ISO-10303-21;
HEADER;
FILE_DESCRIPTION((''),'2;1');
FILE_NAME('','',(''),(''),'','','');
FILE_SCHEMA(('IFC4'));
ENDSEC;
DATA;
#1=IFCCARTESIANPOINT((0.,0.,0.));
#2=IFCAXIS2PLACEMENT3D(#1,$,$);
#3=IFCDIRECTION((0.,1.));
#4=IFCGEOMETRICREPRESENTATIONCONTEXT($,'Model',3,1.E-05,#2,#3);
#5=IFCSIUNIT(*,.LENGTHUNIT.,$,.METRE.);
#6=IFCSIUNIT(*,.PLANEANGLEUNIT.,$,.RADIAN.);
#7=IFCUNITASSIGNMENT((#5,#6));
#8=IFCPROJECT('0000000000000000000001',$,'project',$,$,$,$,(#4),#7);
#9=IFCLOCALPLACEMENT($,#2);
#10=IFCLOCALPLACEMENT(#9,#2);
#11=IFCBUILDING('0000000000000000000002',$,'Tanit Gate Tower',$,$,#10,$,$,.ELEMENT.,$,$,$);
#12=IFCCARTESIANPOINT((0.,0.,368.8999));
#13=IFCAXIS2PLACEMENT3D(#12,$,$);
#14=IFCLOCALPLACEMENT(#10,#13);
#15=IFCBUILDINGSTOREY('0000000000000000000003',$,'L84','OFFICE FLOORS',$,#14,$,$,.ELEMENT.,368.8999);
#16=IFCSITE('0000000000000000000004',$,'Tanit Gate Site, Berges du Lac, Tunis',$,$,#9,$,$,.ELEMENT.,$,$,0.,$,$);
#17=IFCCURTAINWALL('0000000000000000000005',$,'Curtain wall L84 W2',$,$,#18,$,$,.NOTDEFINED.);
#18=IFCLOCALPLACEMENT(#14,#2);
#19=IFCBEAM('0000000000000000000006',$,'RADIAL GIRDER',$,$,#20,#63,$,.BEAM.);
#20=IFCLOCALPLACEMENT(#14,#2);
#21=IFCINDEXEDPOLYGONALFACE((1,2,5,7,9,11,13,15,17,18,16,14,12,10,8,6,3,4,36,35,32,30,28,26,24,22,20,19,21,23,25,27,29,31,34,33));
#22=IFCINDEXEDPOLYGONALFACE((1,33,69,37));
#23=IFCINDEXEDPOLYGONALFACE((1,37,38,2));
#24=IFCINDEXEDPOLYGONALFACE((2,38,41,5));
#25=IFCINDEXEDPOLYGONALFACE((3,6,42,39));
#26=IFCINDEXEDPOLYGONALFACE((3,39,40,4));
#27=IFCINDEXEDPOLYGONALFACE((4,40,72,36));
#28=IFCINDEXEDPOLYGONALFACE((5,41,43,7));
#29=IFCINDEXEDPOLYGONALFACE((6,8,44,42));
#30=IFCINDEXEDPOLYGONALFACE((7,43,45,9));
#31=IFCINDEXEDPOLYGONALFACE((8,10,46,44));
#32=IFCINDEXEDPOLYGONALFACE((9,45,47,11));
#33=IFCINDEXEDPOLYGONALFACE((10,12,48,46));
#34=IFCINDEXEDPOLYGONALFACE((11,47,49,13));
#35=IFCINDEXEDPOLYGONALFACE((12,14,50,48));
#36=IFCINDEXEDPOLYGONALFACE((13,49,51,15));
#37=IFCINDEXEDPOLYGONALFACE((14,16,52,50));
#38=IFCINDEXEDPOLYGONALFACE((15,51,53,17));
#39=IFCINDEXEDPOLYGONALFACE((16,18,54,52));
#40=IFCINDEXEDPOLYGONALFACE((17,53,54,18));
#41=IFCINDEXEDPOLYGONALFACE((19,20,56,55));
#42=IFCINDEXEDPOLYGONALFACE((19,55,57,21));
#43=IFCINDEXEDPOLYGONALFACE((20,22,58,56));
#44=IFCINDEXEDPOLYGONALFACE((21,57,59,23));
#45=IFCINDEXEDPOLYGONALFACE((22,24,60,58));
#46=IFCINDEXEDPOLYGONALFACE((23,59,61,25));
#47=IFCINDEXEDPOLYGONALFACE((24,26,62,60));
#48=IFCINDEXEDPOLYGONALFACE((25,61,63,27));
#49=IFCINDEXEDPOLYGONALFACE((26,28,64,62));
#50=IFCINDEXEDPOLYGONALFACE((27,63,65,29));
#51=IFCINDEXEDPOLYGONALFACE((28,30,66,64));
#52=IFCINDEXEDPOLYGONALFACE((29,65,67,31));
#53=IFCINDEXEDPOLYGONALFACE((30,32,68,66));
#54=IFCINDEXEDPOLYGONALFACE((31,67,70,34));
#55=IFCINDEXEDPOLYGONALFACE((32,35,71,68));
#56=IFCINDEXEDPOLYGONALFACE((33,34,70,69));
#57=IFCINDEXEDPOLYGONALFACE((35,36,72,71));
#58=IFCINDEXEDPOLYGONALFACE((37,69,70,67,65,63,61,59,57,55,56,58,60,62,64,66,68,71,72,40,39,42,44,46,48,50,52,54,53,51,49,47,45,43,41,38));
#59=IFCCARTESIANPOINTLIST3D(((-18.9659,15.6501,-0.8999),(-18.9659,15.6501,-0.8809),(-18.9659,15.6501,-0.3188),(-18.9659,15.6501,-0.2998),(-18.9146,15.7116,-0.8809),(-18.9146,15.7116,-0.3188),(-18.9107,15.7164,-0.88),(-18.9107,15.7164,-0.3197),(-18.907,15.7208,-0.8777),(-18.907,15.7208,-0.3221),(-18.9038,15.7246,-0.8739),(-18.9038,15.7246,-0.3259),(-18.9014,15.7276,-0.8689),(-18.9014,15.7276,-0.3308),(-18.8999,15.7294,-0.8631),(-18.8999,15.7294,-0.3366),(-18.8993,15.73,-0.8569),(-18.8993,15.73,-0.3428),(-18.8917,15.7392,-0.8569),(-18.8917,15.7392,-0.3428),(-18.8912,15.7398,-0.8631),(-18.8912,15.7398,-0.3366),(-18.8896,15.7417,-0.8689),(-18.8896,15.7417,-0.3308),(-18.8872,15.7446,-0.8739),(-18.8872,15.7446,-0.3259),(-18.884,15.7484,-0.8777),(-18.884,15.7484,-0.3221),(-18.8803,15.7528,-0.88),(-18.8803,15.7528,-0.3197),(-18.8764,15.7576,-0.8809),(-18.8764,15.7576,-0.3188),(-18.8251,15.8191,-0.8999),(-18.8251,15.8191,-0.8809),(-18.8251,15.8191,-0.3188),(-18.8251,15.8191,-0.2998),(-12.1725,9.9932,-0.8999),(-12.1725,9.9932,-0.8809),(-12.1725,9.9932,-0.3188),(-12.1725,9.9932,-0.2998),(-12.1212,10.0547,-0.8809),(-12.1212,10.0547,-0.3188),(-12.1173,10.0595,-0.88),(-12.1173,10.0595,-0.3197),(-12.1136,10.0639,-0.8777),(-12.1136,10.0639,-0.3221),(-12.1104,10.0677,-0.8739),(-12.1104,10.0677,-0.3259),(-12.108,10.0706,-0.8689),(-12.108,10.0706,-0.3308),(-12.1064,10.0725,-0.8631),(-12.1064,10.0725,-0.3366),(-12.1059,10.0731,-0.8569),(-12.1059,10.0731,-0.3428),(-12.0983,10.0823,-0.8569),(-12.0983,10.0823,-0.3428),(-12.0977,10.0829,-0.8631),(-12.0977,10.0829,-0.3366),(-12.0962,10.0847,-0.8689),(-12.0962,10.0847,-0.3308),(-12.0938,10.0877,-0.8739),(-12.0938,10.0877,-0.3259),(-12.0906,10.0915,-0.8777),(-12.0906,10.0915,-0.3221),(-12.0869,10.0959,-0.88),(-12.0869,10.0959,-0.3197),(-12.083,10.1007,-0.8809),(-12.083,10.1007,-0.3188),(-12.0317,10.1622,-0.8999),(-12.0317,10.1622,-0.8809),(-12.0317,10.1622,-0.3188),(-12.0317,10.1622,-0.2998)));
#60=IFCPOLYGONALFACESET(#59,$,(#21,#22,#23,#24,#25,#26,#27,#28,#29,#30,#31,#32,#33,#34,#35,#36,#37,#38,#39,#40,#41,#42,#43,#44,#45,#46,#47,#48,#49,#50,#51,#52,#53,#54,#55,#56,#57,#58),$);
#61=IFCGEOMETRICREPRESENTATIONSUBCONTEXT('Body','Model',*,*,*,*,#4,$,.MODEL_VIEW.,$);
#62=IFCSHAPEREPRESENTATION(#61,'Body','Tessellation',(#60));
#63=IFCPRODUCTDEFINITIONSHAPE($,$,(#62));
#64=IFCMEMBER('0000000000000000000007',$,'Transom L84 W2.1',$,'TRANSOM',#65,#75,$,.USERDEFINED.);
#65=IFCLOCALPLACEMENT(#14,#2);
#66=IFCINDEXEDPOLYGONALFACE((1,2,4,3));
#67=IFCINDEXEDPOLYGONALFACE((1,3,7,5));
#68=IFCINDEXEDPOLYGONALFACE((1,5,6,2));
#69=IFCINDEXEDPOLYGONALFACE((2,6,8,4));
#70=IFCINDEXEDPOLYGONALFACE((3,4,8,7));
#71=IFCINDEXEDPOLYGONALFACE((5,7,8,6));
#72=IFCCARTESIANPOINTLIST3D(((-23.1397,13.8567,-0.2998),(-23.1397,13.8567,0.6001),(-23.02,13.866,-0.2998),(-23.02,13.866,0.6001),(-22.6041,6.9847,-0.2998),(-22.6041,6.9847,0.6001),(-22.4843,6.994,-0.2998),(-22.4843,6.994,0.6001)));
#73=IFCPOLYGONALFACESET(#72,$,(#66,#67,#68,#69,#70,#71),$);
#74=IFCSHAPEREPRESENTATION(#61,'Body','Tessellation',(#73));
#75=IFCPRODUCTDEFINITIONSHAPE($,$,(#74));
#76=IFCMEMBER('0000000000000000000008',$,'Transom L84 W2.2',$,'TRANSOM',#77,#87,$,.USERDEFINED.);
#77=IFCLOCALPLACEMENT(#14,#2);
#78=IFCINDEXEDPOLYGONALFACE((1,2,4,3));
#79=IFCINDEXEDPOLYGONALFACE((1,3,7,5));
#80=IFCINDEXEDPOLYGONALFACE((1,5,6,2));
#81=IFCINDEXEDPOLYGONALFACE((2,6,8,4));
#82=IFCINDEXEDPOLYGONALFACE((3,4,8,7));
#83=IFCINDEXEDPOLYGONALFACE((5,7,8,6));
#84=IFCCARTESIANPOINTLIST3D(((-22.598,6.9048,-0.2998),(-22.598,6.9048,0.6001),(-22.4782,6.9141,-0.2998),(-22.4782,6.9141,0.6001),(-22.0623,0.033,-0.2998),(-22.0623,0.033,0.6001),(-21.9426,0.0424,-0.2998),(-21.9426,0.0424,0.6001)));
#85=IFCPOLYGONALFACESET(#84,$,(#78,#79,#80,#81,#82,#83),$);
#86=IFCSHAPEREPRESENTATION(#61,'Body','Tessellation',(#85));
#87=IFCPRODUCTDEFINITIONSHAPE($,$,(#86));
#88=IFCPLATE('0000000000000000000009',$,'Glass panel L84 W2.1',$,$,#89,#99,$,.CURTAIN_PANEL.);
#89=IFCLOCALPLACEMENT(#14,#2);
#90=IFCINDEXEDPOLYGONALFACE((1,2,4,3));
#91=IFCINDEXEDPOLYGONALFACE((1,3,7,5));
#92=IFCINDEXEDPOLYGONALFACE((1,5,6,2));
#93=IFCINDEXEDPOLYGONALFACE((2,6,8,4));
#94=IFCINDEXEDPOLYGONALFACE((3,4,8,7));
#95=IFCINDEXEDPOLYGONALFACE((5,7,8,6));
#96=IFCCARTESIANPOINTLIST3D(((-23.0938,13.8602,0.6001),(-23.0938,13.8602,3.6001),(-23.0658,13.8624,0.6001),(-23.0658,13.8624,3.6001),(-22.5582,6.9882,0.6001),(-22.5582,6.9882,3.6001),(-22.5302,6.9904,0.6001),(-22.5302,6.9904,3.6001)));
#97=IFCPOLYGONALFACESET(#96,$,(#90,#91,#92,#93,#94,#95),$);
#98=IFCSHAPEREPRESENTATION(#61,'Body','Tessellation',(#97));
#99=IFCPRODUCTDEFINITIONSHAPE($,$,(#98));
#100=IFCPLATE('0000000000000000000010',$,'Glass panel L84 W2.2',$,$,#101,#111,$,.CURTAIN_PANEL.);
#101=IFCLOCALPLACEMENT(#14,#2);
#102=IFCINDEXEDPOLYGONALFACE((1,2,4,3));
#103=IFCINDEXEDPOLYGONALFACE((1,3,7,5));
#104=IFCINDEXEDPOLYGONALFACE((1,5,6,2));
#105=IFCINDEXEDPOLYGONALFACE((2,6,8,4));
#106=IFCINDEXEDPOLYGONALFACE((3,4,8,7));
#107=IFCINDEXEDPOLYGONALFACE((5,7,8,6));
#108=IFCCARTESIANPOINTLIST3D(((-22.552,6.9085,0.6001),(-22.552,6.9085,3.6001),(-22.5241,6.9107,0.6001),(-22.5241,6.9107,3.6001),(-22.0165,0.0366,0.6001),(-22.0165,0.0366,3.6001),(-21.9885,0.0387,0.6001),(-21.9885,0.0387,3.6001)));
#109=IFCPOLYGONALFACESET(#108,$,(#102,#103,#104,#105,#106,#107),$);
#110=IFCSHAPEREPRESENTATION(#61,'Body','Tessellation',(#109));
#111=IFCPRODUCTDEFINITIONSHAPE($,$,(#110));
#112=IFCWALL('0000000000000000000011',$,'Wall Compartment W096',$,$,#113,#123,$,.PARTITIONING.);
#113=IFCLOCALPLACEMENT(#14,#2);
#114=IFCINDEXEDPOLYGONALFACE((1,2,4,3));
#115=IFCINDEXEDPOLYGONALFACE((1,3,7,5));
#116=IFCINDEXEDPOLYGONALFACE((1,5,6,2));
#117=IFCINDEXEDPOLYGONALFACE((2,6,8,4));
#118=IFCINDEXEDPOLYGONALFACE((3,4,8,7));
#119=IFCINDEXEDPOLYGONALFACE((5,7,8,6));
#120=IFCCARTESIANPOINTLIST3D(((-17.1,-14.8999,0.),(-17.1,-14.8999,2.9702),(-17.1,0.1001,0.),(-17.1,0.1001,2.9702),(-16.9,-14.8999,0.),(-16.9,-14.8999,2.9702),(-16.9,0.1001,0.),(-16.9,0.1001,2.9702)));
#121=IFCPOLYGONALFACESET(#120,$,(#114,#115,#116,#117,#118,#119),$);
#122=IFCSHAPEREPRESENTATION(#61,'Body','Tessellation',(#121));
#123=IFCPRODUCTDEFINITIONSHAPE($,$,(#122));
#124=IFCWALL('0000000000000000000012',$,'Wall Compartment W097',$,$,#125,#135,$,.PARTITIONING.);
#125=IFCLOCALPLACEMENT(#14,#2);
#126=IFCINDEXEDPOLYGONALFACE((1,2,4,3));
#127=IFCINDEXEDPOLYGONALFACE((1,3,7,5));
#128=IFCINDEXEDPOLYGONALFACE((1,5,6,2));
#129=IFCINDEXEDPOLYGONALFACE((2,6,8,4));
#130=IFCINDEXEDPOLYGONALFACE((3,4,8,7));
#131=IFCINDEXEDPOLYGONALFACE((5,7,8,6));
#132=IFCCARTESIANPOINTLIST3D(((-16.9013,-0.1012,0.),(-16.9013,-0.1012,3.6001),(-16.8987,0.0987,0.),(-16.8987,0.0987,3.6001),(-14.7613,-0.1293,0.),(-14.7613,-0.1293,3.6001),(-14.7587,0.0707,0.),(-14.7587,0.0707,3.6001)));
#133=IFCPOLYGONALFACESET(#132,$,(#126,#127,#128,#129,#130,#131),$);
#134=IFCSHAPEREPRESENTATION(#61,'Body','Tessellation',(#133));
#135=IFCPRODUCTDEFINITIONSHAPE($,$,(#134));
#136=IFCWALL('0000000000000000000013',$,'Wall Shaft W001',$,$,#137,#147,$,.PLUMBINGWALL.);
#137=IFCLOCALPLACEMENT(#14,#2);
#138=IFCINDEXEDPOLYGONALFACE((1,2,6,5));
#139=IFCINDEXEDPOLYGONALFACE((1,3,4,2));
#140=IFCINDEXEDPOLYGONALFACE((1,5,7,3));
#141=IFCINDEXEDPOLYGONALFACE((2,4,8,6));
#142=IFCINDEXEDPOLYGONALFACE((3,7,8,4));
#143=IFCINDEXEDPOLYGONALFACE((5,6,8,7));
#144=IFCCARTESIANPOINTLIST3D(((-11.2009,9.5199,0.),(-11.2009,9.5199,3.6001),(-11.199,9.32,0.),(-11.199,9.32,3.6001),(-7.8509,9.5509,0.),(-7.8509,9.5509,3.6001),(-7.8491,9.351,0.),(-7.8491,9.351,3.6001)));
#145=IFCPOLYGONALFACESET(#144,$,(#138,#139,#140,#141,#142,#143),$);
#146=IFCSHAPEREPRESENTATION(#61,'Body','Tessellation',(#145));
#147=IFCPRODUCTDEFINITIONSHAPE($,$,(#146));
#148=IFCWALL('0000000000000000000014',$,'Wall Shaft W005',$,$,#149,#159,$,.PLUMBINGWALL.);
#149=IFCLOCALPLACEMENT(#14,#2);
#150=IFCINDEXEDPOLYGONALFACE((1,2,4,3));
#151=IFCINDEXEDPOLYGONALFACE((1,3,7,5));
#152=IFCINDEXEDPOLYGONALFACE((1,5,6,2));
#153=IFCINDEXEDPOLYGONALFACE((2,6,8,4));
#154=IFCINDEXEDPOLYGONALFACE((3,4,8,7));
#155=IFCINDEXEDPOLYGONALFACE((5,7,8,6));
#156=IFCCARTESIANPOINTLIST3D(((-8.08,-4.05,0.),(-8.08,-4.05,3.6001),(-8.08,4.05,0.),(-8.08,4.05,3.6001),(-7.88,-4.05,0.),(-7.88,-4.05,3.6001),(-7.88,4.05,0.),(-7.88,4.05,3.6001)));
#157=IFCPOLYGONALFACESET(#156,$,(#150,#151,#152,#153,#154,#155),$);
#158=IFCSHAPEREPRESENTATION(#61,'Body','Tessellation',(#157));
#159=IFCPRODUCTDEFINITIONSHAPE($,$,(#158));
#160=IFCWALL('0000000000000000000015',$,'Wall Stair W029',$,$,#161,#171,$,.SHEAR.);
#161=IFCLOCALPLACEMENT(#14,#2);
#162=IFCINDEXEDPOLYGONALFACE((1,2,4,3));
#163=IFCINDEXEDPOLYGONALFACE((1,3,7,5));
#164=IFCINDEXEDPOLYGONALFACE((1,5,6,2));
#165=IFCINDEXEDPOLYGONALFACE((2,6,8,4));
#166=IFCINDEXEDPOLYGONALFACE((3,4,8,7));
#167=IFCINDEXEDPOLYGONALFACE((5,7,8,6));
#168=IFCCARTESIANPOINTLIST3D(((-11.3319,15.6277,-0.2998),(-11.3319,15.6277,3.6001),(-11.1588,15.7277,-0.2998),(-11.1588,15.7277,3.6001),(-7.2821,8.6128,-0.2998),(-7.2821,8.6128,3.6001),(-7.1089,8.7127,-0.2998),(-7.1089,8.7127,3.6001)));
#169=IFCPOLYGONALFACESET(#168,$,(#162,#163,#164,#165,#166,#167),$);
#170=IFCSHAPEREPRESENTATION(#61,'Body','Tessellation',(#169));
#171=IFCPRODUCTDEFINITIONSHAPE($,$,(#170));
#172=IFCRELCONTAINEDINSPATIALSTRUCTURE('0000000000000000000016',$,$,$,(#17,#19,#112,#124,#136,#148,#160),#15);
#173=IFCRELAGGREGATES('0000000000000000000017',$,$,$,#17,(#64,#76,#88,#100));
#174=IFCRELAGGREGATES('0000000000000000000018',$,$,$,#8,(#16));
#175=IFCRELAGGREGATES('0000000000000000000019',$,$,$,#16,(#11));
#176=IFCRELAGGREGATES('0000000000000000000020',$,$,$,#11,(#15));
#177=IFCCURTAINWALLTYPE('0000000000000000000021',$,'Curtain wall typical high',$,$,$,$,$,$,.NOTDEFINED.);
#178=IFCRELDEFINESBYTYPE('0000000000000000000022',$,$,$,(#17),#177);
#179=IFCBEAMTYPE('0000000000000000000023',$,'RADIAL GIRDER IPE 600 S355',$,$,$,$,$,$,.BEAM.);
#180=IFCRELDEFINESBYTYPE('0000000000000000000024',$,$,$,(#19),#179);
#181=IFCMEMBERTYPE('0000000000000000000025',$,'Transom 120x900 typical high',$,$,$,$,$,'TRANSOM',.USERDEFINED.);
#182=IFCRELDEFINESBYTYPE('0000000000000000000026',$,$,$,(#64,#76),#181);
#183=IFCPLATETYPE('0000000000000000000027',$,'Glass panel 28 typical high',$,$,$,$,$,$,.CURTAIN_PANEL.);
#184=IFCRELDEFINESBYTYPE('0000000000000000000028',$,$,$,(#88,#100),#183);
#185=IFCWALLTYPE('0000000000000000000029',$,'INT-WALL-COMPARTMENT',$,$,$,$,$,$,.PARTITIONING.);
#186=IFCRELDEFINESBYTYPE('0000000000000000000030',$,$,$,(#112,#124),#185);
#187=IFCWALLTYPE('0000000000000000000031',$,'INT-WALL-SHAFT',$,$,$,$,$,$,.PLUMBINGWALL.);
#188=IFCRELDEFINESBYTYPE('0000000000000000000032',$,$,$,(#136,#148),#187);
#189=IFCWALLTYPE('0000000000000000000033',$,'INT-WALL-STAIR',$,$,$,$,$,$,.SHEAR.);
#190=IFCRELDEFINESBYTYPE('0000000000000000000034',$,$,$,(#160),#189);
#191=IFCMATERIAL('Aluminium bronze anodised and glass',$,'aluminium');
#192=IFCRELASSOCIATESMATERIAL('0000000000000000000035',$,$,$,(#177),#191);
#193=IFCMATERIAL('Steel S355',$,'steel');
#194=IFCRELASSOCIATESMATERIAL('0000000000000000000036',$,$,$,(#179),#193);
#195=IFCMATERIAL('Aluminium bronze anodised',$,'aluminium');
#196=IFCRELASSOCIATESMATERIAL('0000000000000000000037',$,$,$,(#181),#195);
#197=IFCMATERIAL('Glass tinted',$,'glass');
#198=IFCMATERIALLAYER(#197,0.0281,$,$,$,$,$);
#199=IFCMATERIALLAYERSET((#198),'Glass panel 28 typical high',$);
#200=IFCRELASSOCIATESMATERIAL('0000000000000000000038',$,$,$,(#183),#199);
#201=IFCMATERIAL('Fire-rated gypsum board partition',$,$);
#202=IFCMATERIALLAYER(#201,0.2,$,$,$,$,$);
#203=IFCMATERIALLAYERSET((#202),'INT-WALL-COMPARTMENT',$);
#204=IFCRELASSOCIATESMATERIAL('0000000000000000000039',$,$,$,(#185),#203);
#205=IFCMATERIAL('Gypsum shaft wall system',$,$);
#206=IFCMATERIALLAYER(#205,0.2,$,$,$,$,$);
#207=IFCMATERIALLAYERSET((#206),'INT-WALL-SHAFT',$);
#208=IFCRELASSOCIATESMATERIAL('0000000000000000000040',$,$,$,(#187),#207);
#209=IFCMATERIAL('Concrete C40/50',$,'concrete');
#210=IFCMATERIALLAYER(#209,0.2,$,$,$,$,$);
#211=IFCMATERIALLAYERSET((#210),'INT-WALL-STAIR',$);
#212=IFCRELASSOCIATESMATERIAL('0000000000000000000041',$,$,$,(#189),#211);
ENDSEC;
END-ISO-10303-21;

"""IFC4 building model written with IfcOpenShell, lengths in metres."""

from ifc_helpers import new_model, si_unit, direction, frame, frame_2d, origin, origin_2d, place, context, subcontext, project, spatial, rectangle, i_section, extrude, material, layer, layer_set, material_profile, profile_set, type_object, element, aggregate, save


model = new_model("IFC4")

# Units and contexts
model_context = context("Model", 3, precision=1e-05, world=origin(), true_north=direction((0.0, 1.0)))
body_context = subcontext(model_context, "Body", "Model", "MODEL_VIEW")
ifc_project = project(units=[si_unit("LENGTHUNIT", "METRE"), si_unit("PLANEANGLEUNIT", "RADIAN")], contexts=[model_context])

# Site, building, storey
site_placement = place(None, origin())
site = spatial("IfcSite", under=ifc_project, at=site_placement, Name="Tanit Gate Site, Berges du Lac, Tunis", CompositionType="ELEMENT", RefElevation=0.0)
building_placement = place(site_placement, origin())
building = spatial("IfcBuilding", under=site, at=building_placement, Name="Tanit Gate Tower", CompositionType="ELEMENT")
storey_placement = place(building_placement, frame((0.0, 0.0, 368.8999)))
storey = spatial("IfcBuildingStorey", under=building, at=storey_placement, Name="L84", Description="OFFICE FLOORS", CompositionType="ELEMENT", Elevation=368.8999)

# Curtain wall
ifc_material_1 = material(Name="Aluminium bronze anodised and glass", Category="aluminium")
curtain_wall_type = type_object("IfcCurtainWallType", Name="Curtain wall typical high", PredefinedType="NOTDEFINED", material=ifc_material_1)
curtain_wall_1_placement = place(storey_placement, origin())
curtain_wall_1 = element("IfcCurtainWall", 1, at=curtain_wall_1_placement, inside=storey, type_object=curtain_wall_type, Name="Curtain wall L84 W2", PredefinedType="NOTDEFINED")

# Beam
ifc_material_2 = material(Name="Steel S355", Category="steel")
ifc_material_profile_1 = material_profile(ifc_material_2, i_section(OverallWidth=0.22, OverallDepth=0.6001, WebThickness=0.012, FlangeThickness=0.019, FilletRadius=0.0239, at=origin_2d()), Name="IPE 600")
ifc_profile_set_1 = profile_set([ifc_material_profile_1], Name="Steel S355")
beam_type_1 = type_object("IfcBeamType", Name="RADIAL GIRDER IPE 600 S355", PredefinedType="BEAM", material=ifc_profile_set_1)
beam_1_placement = place(storey_placement, frame((-18.8955, 15.7346, -0.5999), z_axis=(0.768457, -0.639902, 0.0), x_axis=(0.639902, 0.768457, 0.0)))
element("IfcBeam", 2, at=beam_1_placement, inside=storey, type_object=beam_type_1, Name="RADIAL GIRDER", PredefinedType="BEAM", context=body_context, shape_type="SweptSolid", body=[
    extrude(i_section(OverallWidth=0.22, OverallDepth=0.6001, WebThickness=0.012, FlangeThickness=0.019, FilletRadius=0.0239, at=origin_2d()), origin(), (0.0, 0.0, 1.0), 8.8403),
])

# Members
ifc_material_3 = material(Name="Aluminium bronze anodised", Category="aluminium")
ifc_material_profile_2 = material_profile(ifc_material_3, rectangle(XDim=0.1201, YDim=0.8999, at=origin_2d()), Name="120x900 bronze transom")
ifc_profile_set_2 = profile_set([ifc_material_profile_2], Name="Aluminium bronze anodised")
member_type_1 = type_object("IfcMemberType", Name="Transom 120x900 typical high", ElementType="TRANSOM", PredefinedType="USERDEFINED", material=ifc_profile_set_2)
member_1_placement = place(storey_placement, frame((-23.0798, 13.8613, 0.1501), z_axis=(0.077709, -0.996976, 0.0), x_axis=(0.996976, 0.077709, 0.0)))
member_1 = element("IfcMember", 3, at=member_1_placement, type_object=member_type_1, Name="Transom L84 W2.1", ObjectType="TRANSOM", PredefinedType="USERDEFINED", context=body_context, shape_type="SweptSolid", body=[
    extrude(rectangle(XDim=0.1201, YDim=0.8999, at=origin_2d()), origin(), (0.0, 0.0, 1.0), 6.8928),
])
member_2_placement = place(storey_placement, frame((-22.5381, 6.9094, 0.1501), z_axis=(0.077712, -0.996976, 0.0), x_axis=(0.996976, 0.077712, 0.0)))
member_2 = element("IfcMember", 4, at=member_2_placement, type_object=member_type_1, Name="Transom L84 W2.2", ObjectType="TRANSOM", PredefinedType="USERDEFINED", context=body_context, shape_type="SweptSolid", body=[
    extrude(rectangle(XDim=0.1201, YDim=0.8999, at=origin_2d()), origin(), (0.0, 0.0, 1.0), 6.8926),
])

# Plates
ifc_material_4 = material(Name="Glass tinted", Category="glass")
ifc_layer_1 = layer(ifc_material_4, 0.0281)
ifc_layer_set_1 = layer_set([ifc_layer_1], Name="Glass panel 28 typical high")
plate_type = type_object("IfcPlateType", Name="Glass panel 28 typical high", PredefinedType="CURTAIN_PANEL", material=ifc_layer_set_1)
plate_1_placement = place(storey_placement, frame((-22.812, 10.4253, 0.6001), z_axis=(0.0, 0.0, 1.0), x_axis=(0.077701, -0.996977, 0.0)))
plate_1 = element("IfcPlate", 5, at=plate_1_placement, type_object=plate_type, Name="Glass panel L84 W2.1", PredefinedType="CURTAIN_PANEL", context=body_context, shape_type="SweptSolid", body=[
    extrude(rectangle(XDim=6.8928, YDim=0.0281, at=origin_2d()), origin(), (0.0, 0.0, 1.0), 3.0),
])
plate_2_placement = place(storey_placement, frame((-22.2703, 3.4736, 0.6001), z_axis=(0.0, 0.0, 1.0), x_axis=(0.077701, -0.996977, 0.0)))
plate_2 = element("IfcPlate", 6, at=plate_2_placement, type_object=plate_type, Name="Glass panel L84 W2.2", PredefinedType="CURTAIN_PANEL", context=body_context, shape_type="SweptSolid", body=[
    extrude(rectangle(XDim=6.8928, YDim=0.0281, at=origin_2d()), origin(), (0.0, 0.0, 1.0), 3.0),
])
aggregate(curtain_wall_1, [member_1, member_2, plate_1, plate_2])

# Walls
ifc_material_5 = material(Name="Fire-rated gypsum board partition")
ifc_layer_2 = layer(ifc_material_5, 0.2)
ifc_layer_set_2 = layer_set([ifc_layer_2], Name="INT-WALL-COMPARTMENT")
wall_type_1 = type_object("IfcWallType", Name="INT-WALL-COMPARTMENT", PredefinedType="PARTITIONING", material=ifc_layer_set_2)
wall_1_placement = place(storey_placement, frame((-17.0, 0.1001, 0.0), z_axis=(0.0, 0.0, 1.0), x_axis=(0.0, -1.0, 0.0)))
element("IfcWall", 7, at=wall_1_placement, inside=storey, type_object=wall_type_1, Name="Wall Compartment W096", PredefinedType="PARTITIONING", context=body_context, shape_type="SweptSolid", body=[
    extrude(rectangle(XDim=15.0, YDim=0.2, at=frame_2d((7.5, 0.0))), origin(), (0.0, 0.0, 1.0), 2.9702),
])
wall_2_placement = place(storey_placement, frame((-14.76, -0.0293, 0.0), z_axis=(0.0, 0.0, 1.0), x_axis=(-0.999914, 0.013119, 0.0)))
element("IfcWall", 8, at=wall_2_placement, inside=storey, type_object=wall_type_1, Name="Wall Compartment W097", PredefinedType="PARTITIONING", context=body_context, shape_type="SweptSolid", body=[
    extrude(rectangle(XDim=2.1401, YDim=0.2, at=frame_2d((1.0701, 0.0))), origin(), (0.0, 0.0, 1.0), 3.6001),
])
ifc_material_6 = material(Name="Gypsum shaft wall system")
ifc_layer_3 = layer(ifc_material_6, 0.2)
ifc_layer_set_3 = layer_set([ifc_layer_3], Name="INT-WALL-SHAFT")
wall_type_2 = type_object("IfcWallType", Name="INT-WALL-SHAFT", PredefinedType="PLUMBINGWALL", material=ifc_layer_set_3)
wall_3_placement = place(storey_placement, frame((-11.2, 9.4199, 0.0), z_axis=(0.0, 0.0, 1.0), x_axis=(0.999957, 0.009255, 0.0)))
element("IfcWall", 9, at=wall_3_placement, inside=storey, type_object=wall_type_2, Name="Wall Shaft W001", PredefinedType="PLUMBINGWALL", context=body_context, shape_type="SweptSolid", body=[
    extrude(rectangle(XDim=3.3501, YDim=0.2, at=frame_2d((1.675, 0.0))), origin(), (0.0, 0.0, 1.0), 3.6001),
])
wall_4_placement = place(storey_placement, frame((-7.98, 4.05, 0.0), z_axis=(0.0, 0.0, 1.0), x_axis=(0.0, -1.0, 0.0)))
element("IfcWall", 10, at=wall_4_placement, inside=storey, type_object=wall_type_2, Name="Wall Shaft W005", PredefinedType="PLUMBINGWALL", context=body_context, shape_type="SweptSolid", body=[
    extrude(rectangle(XDim=8.1001, YDim=0.2, at=frame_2d((4.05, 0.0))), origin(), (0.0, 0.0, 1.0), 3.6001),
])
ifc_material_7 = material(Name="Concrete C40/50", Category="concrete")
ifc_layer_4 = layer(ifc_material_7, 0.2)
ifc_layer_set_4 = layer_set([ifc_layer_4], Name="INT-WALL-STAIR")
wall_type_3 = type_object("IfcWallType", Name="INT-WALL-STAIR", PredefinedType="SHEAR", material=ifc_layer_set_4)
wall_5_placement = place(storey_placement, frame((-11.2454, 15.6777, -0.2998), z_axis=(0.0, 0.0, 1.0), x_axis=(0.499977, -0.866039, 0.0)))
element("IfcWall", 11, at=wall_5_placement, inside=storey, type_object=wall_type_3, Name="Wall Stair W029", PredefinedType="SHEAR", context=body_context, shape_type="SweptSolid", body=[
    extrude(rectangle(XDim=8.1001, YDim=0.2, at=frame_2d((4.05, 0.0))), origin(), (0.0, 0.0, 1.0), 3.8999),
])

save(model, "model.ifc")
